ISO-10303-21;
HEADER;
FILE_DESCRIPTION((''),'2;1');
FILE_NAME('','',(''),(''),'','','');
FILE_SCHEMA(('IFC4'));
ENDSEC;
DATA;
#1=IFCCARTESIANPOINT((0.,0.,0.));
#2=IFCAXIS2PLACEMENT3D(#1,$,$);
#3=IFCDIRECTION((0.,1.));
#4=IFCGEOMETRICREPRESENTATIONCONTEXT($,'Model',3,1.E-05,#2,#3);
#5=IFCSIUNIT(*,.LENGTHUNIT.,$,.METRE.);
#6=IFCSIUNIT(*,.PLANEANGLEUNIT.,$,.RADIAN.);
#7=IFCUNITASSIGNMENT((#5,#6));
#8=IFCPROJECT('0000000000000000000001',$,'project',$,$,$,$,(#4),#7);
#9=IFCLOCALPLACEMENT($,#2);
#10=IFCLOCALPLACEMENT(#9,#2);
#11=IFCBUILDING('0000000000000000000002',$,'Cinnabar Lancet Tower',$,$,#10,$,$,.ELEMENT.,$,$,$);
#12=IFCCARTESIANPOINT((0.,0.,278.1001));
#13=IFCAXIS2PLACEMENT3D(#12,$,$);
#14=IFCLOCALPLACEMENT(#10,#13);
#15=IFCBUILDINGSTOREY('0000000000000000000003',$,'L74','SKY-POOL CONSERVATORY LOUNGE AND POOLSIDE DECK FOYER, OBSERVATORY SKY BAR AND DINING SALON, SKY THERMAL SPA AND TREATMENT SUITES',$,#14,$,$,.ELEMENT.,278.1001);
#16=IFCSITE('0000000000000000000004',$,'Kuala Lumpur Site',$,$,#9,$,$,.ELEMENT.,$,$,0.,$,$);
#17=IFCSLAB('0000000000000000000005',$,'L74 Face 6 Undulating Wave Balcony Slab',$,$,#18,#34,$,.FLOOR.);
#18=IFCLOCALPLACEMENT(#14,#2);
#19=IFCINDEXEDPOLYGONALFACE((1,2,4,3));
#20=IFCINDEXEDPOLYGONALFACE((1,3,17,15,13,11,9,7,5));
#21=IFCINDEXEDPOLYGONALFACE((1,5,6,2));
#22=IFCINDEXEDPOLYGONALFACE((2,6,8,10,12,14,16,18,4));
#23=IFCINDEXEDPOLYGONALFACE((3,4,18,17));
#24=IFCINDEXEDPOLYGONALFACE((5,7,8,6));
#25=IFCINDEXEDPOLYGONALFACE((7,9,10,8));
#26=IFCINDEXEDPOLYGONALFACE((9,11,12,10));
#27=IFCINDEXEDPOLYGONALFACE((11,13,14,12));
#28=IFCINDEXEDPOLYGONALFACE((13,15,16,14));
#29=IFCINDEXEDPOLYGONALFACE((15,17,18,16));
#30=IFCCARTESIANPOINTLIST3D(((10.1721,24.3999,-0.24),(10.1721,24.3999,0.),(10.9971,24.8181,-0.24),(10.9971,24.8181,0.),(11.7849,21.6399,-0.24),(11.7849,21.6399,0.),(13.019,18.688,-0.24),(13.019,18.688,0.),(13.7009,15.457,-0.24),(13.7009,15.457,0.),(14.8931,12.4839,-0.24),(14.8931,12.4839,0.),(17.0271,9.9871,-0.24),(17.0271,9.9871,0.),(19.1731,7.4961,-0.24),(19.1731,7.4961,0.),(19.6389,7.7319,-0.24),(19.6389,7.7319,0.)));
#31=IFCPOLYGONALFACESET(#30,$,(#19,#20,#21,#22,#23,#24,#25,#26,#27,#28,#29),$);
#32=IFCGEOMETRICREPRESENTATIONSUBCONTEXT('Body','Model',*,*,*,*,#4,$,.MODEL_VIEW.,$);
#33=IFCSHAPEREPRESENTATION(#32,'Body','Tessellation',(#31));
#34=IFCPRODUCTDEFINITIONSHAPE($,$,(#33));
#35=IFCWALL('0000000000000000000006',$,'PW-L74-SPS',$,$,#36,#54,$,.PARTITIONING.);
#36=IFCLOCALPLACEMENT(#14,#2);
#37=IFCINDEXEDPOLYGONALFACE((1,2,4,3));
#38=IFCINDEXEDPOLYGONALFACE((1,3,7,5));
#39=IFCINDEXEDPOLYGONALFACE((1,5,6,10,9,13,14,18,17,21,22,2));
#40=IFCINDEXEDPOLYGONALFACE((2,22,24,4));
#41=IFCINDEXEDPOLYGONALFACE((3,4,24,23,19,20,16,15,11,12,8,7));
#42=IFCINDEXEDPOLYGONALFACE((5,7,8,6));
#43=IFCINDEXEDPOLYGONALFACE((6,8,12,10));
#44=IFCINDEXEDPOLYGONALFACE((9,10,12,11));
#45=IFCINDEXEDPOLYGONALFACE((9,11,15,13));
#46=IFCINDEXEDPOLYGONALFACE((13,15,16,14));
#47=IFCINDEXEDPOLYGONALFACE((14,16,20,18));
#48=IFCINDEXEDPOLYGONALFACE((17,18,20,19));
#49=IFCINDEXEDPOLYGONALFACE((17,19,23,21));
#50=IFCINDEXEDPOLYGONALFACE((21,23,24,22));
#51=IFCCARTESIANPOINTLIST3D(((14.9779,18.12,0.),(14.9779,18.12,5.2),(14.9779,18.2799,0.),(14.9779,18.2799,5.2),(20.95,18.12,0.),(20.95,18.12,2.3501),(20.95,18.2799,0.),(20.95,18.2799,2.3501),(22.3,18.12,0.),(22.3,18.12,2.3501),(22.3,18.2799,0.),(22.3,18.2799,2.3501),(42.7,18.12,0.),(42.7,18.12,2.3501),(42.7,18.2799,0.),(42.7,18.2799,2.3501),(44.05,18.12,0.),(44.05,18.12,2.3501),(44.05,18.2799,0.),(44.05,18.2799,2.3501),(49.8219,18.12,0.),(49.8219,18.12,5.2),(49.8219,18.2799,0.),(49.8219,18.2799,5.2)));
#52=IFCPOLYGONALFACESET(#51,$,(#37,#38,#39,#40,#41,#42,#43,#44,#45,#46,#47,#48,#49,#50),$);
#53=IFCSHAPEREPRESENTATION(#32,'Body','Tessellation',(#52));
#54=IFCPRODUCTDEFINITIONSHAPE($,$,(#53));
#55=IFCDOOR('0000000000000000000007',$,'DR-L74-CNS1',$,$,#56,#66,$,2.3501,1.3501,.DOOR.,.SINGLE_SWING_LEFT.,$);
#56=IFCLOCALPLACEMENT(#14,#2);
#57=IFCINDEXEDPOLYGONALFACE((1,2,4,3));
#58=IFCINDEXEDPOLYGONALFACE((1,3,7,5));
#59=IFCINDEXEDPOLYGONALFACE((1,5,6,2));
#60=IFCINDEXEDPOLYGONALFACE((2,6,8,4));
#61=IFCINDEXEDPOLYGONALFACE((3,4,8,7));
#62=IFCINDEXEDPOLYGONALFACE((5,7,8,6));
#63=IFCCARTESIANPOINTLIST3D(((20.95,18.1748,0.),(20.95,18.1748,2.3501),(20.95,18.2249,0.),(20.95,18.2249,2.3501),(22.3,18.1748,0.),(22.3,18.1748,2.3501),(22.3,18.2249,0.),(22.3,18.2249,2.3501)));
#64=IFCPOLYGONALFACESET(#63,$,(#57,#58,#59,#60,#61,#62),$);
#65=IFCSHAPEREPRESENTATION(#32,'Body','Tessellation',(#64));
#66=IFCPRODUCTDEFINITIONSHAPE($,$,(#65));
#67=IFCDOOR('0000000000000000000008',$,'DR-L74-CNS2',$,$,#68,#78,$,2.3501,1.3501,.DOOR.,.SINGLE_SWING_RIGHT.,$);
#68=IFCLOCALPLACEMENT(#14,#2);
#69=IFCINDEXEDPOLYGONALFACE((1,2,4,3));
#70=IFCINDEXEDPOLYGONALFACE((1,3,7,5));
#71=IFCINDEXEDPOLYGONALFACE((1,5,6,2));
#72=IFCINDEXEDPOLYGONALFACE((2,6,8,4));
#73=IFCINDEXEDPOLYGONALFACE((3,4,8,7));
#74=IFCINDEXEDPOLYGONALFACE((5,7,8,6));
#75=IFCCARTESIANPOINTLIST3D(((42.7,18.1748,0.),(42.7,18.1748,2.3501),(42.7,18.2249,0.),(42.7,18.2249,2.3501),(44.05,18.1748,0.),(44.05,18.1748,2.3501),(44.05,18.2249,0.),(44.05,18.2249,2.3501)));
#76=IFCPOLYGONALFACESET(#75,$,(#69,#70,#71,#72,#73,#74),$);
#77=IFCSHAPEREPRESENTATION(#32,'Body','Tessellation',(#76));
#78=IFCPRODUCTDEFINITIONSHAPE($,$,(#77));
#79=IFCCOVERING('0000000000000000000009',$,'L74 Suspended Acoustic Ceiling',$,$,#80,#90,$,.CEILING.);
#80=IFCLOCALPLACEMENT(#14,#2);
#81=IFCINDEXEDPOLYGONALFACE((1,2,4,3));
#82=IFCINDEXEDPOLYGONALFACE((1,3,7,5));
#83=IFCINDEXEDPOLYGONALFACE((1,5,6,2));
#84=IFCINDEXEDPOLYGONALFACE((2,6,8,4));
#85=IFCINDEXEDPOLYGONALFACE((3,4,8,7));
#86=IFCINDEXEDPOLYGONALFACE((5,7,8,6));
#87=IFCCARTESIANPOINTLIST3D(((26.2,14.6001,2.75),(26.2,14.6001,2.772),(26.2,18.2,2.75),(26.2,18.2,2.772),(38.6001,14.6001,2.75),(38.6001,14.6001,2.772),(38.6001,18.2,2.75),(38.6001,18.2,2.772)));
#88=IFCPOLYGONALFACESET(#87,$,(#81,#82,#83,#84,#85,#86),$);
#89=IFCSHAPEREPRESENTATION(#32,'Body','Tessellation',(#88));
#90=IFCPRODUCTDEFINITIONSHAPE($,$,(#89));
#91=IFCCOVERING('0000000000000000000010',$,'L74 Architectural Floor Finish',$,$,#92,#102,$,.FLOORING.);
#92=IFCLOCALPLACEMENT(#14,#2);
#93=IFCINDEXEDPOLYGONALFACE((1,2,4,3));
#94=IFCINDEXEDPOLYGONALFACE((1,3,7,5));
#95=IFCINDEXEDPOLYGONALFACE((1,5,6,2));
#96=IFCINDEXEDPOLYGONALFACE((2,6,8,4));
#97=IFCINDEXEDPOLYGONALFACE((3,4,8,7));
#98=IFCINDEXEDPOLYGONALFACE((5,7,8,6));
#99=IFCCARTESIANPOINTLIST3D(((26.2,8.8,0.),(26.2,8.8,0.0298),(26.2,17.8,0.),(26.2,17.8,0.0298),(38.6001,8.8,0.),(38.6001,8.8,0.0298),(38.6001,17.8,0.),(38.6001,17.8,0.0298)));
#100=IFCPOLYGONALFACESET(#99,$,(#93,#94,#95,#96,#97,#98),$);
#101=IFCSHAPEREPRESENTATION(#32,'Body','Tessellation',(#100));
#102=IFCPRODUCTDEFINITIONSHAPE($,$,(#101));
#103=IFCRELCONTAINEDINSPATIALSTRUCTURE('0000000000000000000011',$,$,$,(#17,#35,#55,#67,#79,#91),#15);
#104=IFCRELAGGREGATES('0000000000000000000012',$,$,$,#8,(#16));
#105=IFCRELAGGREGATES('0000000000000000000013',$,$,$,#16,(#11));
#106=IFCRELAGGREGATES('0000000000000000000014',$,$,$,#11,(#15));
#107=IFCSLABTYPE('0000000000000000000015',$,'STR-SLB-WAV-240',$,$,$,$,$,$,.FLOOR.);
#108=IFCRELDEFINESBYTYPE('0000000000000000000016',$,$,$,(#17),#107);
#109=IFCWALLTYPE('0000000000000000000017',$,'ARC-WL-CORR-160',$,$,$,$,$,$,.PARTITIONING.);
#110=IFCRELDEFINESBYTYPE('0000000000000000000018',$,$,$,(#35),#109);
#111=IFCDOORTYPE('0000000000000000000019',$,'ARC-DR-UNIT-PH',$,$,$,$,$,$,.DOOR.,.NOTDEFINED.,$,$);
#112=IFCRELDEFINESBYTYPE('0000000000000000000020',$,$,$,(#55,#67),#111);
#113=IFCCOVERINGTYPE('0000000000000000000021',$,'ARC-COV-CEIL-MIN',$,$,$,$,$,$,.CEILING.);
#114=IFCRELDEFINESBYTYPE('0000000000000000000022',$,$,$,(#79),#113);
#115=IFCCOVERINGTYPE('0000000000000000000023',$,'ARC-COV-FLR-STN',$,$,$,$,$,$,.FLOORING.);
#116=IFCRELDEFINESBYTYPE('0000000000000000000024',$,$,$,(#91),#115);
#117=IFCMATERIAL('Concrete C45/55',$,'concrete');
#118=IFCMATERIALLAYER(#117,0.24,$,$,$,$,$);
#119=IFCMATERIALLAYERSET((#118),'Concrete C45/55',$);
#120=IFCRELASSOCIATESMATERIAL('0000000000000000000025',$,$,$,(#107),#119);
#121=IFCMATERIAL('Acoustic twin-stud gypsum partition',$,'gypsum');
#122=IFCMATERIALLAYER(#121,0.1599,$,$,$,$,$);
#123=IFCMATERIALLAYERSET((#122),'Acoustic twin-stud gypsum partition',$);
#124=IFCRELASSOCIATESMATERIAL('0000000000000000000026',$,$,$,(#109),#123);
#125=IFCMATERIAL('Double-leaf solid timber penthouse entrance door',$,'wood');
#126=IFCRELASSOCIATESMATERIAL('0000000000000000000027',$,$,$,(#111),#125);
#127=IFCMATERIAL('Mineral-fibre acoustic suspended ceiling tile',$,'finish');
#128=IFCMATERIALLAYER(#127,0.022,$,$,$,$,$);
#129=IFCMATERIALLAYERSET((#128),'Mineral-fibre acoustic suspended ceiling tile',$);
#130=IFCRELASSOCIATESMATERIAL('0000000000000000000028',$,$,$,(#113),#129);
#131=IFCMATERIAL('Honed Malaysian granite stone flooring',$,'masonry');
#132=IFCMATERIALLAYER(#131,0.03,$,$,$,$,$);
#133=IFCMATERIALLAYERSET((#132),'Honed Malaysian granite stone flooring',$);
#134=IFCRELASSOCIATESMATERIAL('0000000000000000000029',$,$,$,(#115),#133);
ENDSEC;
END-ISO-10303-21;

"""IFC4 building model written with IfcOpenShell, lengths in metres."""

from ifc_helpers import new_model, si_unit, direction, frame, frame_2d, origin, place, context, subcontext, project, spatial, polyline, rectangle, outline, extrude, material, layer, layer_set, type_object, element, fill, save


model = new_model("IFC4")

# Units and contexts
model_context = context("Model", 3, precision=1e-05, world=origin(), true_north=direction((0.0, 1.0)))
body_context = subcontext(model_context, "Body", "Model", "MODEL_VIEW")
ifc_project = project(units=[si_unit("LENGTHUNIT", "METRE"), si_unit("PLANEANGLEUNIT", "RADIAN")], contexts=[model_context])

# Site, building, storey
site_placement = place(None, origin())
site = spatial("IfcSite", under=ifc_project, at=site_placement, Name="Kuala Lumpur Site", CompositionType="ELEMENT", RefElevation=0.0)
building_placement = place(site_placement, origin())
building = spatial("IfcBuilding", under=site, at=building_placement, Name="Cinnabar Lancet Tower", CompositionType="ELEMENT")
storey_placement = place(building_placement, frame((0.0, 0.0, 278.1001)))
storey = spatial("IfcBuildingStorey", under=building, at=storey_placement, Name="L74", Description="SKY-POOL CONSERVATORY LOUNGE AND POOLSIDE DECK FOYER, OBSERVATORY SKY BAR AND DINING SALON, SKY THERMAL SPA AND TREATMENT SUITES", CompositionType="ELEMENT", Elevation=278.1001)

# Slab
ifc_material_1 = material(Name="Concrete C45/55", Category="concrete")
ifc_layer_1 = layer(ifc_material_1, 0.24)
ifc_layer_set_1 = layer_set([ifc_layer_1], Name="Concrete C45/55")
slab_type_1 = type_object("IfcSlabType", Name="STR-SLB-WAV-240", PredefinedType="FLOOR", material=ifc_layer_set_1)
slab_1_placement = place(storey_placement, frame((0.0, 0.0, -0.24)))
element("IfcSlab", 1, at=slab_1_placement, inside=storey, type_object=slab_type_1, Name="L74 Face 6 Undulating Wave Balcony Slab", PredefinedType="FLOOR", context=body_context, shape_type="SweptSolid", body=[
    extrude(outline(polyline([(10.9971, 24.8181), (10.1721, 24.3999), (11.7849, 21.6399), (13.019, 18.688), (13.7009, 15.457), (14.8931, 12.4839), (17.0271, 9.9871), (19.1731, 7.4961), (19.6389, 7.7319), (10.9971, 24.8181)])), origin(), (0.0, 0.0, 1.0), 0.24),
])

# Wall, openings, doors
ifc_material_2 = material(Name="Acoustic twin-stud gypsum partition", Category="gypsum")
ifc_layer_2 = layer(ifc_material_2, 0.1599)
ifc_layer_set_2 = layer_set([ifc_layer_2], Name="Acoustic twin-stud gypsum partition")
wall_type = type_object("IfcWallType", Name="ARC-WL-CORR-160", PredefinedType="PARTITIONING", material=ifc_layer_set_2)
wall_placement = place(storey_placement, frame((14.978, 18.2, 0.0), z_axis=(0.0, 0.0, 1.0), x_axis=(1.0, 0.0, 0.0)))
wall = element("IfcWall", 2, at=wall_placement, inside=storey, type_object=wall_type, Name="PW-L74-SPS", PredefinedType="PARTITIONING", context=body_context, shape_type="SweptSolid", body=[
    extrude(rectangle(XDim=34.844, YDim=0.1599, at=frame_2d((17.4219, 0.0))), origin(), (0.0, 0.0, 1.0), 5.2),
])
opening_1_placement = place(wall_placement, frame((5.9719, 0.0, 0.0)))
opening_1 = element("IfcOpeningElement", 3, at=opening_1_placement, cuts=wall, PredefinedType="OPENING", context=body_context, shape_type="SweptSolid", body=[
    extrude(rectangle(XDim=1.3501, YDim=2.3501, at=frame_2d((0.675, 1.175))), frame((0.0, 0.0898, 0.0), z_axis=(0.0, -1.0, 0.0), x_axis=(1.0, 0.0, 0.0)), (0.0, 0.0, 1.0), 0.1799),
])
opening_2_placement = place(wall_placement, frame((27.7219, 0.0, 0.0)))
opening_2 = element("IfcOpeningElement", 4, at=opening_2_placement, cuts=wall, PredefinedType="OPENING", context=body_context, shape_type="SweptSolid", body=[
    extrude(rectangle(XDim=1.3501, YDim=2.3501, at=frame_2d((0.675, 1.175))), frame((0.0, 0.0898, 0.0), z_axis=(0.0, -1.0, 0.0), x_axis=(1.0, 0.0, 0.0)), (0.0, 0.0, 1.0), 0.1799),
])
ifc_material_3 = material(Name="Double-leaf solid timber penthouse entrance door", Category="wood")
door_type = type_object("IfcDoorType", Name="ARC-DR-UNIT-PH", OperationType="NOTDEFINED", PredefinedType="DOOR", material=ifc_material_3)
door_1_placement = place(opening_1_placement, origin())
door_1 = element("IfcDoor", 5, at=door_1_placement, inside=storey, type_object=door_type, Name="DR-L74-CNS1", OperationType="SINGLE_SWING_LEFT", OverallHeight=2.3501, OverallWidth=1.3501, PredefinedType="DOOR", context=body_context, shape_type="SweptSolid", body=[
    extrude(rectangle(XDim=1.3501, YDim=2.3501, at=frame_2d((0.675, 1.175))), frame((0.0, 0.0249, 0.0), z_axis=(0.0, -1.0, 0.0), x_axis=(1.0, 0.0, 0.0)), (0.0, 0.0, 1.0), 0.05),
])
fill(opening_1, door_1)
door_2_placement = place(opening_2_placement, origin())
door_2 = element("IfcDoor", 6, at=door_2_placement, inside=storey, type_object=door_type, Name="DR-L74-CNS2", OperationType="SINGLE_SWING_RIGHT", OverallHeight=2.3501, OverallWidth=1.3501, PredefinedType="DOOR", context=body_context, shape_type="SweptSolid", body=[
    extrude(rectangle(XDim=1.3501, YDim=2.3501, at=frame_2d((0.675, 1.175))), frame((0.0, 0.0249, 0.0), z_axis=(0.0, -1.0, 0.0), x_axis=(1.0, 0.0, 0.0)), (0.0, 0.0, 1.0), 0.05),
])
fill(opening_2, door_2)

# Coverings
ifc_material_4 = material(Name="Mineral-fibre acoustic suspended ceiling tile", Category="finish")
ifc_layer_3 = layer(ifc_material_4, 0.022)
ifc_layer_set_3 = layer_set([ifc_layer_3], Name="Mineral-fibre acoustic suspended ceiling tile")
covering_type_1 = type_object("IfcCoveringType", Name="ARC-COV-CEIL-MIN", PredefinedType="CEILING", material=ifc_layer_set_3)
covering_1_placement = place(storey_placement, frame((0.0, 0.0, 2.75)))
element("IfcCovering", 7, at=covering_1_placement, inside=storey, type_object=covering_type_1, Name="L74 Suspended Acoustic Ceiling", PredefinedType="CEILING", context=body_context, shape_type="SweptSolid", body=[
    extrude(outline(polyline([(26.2, 14.6001), (38.6001, 14.6001), (38.6001, 18.2), (26.2, 18.2), (26.2, 14.6001)])), origin(), (0.0, 0.0, 1.0), 0.022),
])
ifc_material_5 = material(Name="Honed Malaysian granite stone flooring", Category="masonry")
ifc_layer_4 = layer(ifc_material_5, 0.03)
ifc_layer_set_4 = layer_set([ifc_layer_4], Name="Honed Malaysian granite stone flooring")
covering_type_2 = type_object("IfcCoveringType", Name="ARC-COV-FLR-STN", PredefinedType="FLOORING", material=ifc_layer_set_4)
covering_2_placement = place(storey_placement, origin())
element("IfcCovering", 8, at=covering_2_placement, inside=storey, type_object=covering_type_2, Name="L74 Architectural Floor Finish", PredefinedType="FLOORING", context=body_context, shape_type="SweptSolid", body=[
    extrude(outline(polyline([(26.2, 8.8), (38.6001, 8.8), (38.6001, 17.8), (26.2, 17.8), (26.2, 8.8)])), origin(), (0.0, 0.0, 1.0), 0.0298),
])

save(model, "model.ifc")
